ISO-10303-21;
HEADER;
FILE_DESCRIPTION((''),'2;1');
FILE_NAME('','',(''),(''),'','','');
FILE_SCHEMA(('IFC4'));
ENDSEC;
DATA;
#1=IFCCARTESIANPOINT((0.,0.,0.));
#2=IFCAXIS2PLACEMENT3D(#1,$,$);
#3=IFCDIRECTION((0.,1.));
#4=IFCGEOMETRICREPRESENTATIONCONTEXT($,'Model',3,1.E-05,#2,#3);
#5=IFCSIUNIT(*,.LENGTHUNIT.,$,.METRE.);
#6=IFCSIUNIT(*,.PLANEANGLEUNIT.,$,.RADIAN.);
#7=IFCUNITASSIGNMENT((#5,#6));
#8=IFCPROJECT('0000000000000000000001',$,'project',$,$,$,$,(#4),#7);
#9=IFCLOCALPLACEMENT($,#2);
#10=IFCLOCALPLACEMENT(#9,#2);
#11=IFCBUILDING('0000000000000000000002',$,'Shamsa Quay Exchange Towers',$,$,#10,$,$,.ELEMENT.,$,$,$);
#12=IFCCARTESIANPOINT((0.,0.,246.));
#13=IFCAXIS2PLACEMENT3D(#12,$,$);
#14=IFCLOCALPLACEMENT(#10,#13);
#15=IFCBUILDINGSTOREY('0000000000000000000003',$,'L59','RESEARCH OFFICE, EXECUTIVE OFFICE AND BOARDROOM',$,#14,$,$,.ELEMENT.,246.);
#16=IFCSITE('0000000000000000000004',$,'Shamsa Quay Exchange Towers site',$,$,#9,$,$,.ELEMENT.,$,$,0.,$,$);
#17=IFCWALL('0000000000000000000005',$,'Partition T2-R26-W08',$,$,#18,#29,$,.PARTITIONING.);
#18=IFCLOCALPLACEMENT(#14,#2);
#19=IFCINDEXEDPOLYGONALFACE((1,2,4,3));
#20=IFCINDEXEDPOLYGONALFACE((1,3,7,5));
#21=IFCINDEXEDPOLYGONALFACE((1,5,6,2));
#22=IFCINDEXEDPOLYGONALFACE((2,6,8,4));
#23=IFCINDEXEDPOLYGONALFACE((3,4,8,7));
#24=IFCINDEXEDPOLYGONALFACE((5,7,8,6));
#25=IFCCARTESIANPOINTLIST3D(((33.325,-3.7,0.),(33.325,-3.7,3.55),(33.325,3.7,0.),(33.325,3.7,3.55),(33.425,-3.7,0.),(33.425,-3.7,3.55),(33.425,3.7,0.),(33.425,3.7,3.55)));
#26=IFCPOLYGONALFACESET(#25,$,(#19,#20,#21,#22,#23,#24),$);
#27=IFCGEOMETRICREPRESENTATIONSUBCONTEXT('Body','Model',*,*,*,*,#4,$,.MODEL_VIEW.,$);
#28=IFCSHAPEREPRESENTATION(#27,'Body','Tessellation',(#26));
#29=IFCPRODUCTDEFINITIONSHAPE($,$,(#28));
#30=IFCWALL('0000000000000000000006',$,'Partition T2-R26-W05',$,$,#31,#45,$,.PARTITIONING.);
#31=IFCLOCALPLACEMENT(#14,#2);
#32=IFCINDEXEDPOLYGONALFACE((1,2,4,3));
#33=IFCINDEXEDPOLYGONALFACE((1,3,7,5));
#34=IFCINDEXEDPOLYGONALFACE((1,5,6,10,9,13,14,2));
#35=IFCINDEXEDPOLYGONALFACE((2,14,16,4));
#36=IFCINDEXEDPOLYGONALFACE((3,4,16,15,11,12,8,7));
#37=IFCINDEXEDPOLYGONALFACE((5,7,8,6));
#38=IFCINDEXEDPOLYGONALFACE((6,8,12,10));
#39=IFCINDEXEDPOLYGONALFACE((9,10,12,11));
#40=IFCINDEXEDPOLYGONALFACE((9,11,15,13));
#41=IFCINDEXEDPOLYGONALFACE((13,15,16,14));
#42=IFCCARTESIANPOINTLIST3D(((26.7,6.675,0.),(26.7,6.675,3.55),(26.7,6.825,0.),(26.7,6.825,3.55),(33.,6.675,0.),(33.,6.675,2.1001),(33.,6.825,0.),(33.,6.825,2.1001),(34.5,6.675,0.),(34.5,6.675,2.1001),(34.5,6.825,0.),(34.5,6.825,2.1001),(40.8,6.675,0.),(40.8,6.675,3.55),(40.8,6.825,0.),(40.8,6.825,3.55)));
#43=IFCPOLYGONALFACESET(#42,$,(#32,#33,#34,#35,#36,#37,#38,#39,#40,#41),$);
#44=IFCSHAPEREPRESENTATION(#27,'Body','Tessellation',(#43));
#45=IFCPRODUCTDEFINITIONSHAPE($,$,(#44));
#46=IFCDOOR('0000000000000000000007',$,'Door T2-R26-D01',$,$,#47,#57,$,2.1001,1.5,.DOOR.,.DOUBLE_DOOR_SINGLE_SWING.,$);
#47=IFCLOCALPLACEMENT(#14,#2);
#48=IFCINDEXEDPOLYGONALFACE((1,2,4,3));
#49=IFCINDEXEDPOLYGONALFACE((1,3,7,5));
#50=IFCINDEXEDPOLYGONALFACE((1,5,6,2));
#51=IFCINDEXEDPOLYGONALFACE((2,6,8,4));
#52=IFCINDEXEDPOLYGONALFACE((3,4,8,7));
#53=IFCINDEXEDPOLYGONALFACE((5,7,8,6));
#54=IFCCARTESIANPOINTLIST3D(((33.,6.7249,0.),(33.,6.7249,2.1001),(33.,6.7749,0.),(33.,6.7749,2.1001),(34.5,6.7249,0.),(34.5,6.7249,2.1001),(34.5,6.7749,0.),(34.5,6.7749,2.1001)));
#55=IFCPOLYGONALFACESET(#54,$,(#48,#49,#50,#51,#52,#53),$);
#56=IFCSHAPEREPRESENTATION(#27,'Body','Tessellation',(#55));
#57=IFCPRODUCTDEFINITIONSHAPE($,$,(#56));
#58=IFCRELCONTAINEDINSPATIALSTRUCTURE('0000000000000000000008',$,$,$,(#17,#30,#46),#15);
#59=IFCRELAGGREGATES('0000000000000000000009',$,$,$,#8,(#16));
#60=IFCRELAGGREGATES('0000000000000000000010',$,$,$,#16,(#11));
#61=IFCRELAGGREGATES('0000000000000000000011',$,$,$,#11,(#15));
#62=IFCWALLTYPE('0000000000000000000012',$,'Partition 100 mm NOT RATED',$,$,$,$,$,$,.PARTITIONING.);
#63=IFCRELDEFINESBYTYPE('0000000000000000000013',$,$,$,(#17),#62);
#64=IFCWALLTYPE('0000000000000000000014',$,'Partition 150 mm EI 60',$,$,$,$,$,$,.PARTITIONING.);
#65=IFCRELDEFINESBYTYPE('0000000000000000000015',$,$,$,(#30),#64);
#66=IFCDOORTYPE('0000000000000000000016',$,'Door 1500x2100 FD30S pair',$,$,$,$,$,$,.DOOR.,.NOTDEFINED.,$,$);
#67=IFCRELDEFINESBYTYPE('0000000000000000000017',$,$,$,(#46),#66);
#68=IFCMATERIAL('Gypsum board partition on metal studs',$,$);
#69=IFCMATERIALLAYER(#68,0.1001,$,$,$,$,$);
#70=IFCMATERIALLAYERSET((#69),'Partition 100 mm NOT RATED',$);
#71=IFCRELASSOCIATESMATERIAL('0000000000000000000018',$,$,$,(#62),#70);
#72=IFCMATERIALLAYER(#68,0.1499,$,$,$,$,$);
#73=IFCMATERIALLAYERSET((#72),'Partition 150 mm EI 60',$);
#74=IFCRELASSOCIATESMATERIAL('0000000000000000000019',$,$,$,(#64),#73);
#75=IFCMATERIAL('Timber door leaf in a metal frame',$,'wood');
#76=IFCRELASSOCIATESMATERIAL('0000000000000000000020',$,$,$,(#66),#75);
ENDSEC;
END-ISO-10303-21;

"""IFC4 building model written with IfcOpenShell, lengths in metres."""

from ifc_helpers import new_model, si_unit, direction, frame, frame_2d, origin, place, context, subcontext, project, spatial, rectangle, extrude, material, layer, layer_set, type_object, element, fill, save


model = new_model("IFC4")

# Units and contexts
model_context = context("Model", 3, precision=1e-05, world=origin(), true_north=direction((0.0, 1.0)))
body_context = subcontext(model_context, "Body", "Model", "MODEL_VIEW")
ifc_project = project(units=[si_unit("LENGTHUNIT", "METRE"), si_unit("PLANEANGLEUNIT", "RADIAN")], contexts=[model_context])

# Site, building, storey
site_placement = place(None, origin())
site = spatial("IfcSite", under=ifc_project, at=site_placement, Name="Shamsa Quay Exchange Towers site", CompositionType="ELEMENT", RefElevation=0.0)
building_placement = place(site_placement, origin())
building = spatial("IfcBuilding", under=site, at=building_placement, Name="Shamsa Quay Exchange Towers", CompositionType="ELEMENT")
storey_placement = place(building_placement, frame((0.0, 0.0, 246.0)))
storey = spatial("IfcBuildingStorey", under=building, at=storey_placement, Name="L59", Description="RESEARCH OFFICE, EXECUTIVE OFFICE AND BOARDROOM", CompositionType="ELEMENT", Elevation=246.0)

# Shared definitions
ifc_material_1 = material(Name="Gypsum board partition on metal studs")
ifc_layer_1 = layer(ifc_material_1, 0.1001)
ifc_layer_set_1 = layer_set([ifc_layer_1], Name="Partition 100 mm NOT RATED")
wall_type_1 = type_object("IfcWallType", Name="Partition 100 mm NOT RATED", PredefinedType="PARTITIONING", material=ifc_layer_set_1)
ifc_material_2 = material(Name="Timber door leaf in a metal frame", Category="wood")

# Wall
wall_1_placement = place(storey_placement, frame((33.375, 3.7, 0.0), z_axis=(0.0, 0.0, 1.0), x_axis=(0.0, -1.0, 0.0)))
element("IfcWall", 1, at=wall_1_placement, inside=storey, type_object=wall_type_1, Name="Partition T2-R26-W08", PredefinedType="PARTITIONING", context=body_context, shape_type="SweptSolid", body=[
    extrude(rectangle(XDim=7.3999, YDim=0.1001, at=frame_2d((3.7, 0.0))), origin(), (0.0, 0.0, 1.0), 3.55),
])

# Wall, opening, door
ifc_layer_2 = layer(ifc_material_1, 0.1499)
ifc_layer_set_2 = layer_set([ifc_layer_2], Name="Partition 150 mm EI 60")
wall_type_2 = type_object("IfcWallType", Name="Partition 150 mm EI 60", PredefinedType="PARTITIONING", material=ifc_layer_set_2)
wall_2_placement = place(storey_placement, frame((26.7, 6.75, 0.0)))
wall_2 = element("IfcWall", 2, at=wall_2_placement, inside=storey, type_object=wall_type_2, Name="Partition T2-R26-W05", PredefinedType="PARTITIONING", context=body_context, shape_type="SweptSolid", body=[
    extrude(rectangle(XDim=14.1001, YDim=0.1499, at=frame_2d((7.05, 0.0))), origin(), (0.0, 0.0, 1.0), 3.55),
])
opening_1_placement = place(wall_2_placement, frame((6.3, 0.0, 0.0)))
opening_1 = element("IfcOpeningElement", 3, at=opening_1_placement, cuts=wall_2, PredefinedType="OPENING", context=body_context, shape_type="SweptSolid", body=[
    extrude(rectangle(XDim=1.5, YDim=2.1001, at=frame_2d((0.75, 1.05))), frame((0.0, 0.085, 0.0), z_axis=(0.0, -1.0, 0.0), x_axis=(1.0, 0.0, 0.0)), (0.0, 0.0, 1.0), 0.1699),
])
door_type_1 = type_object("IfcDoorType", Name="Door 1500x2100 FD30S pair", OperationType="NOTDEFINED", PredefinedType="DOOR", material=ifc_material_2)
door_1_placement = place(opening_1_placement, origin())
door_1 = element("IfcDoor", 4, at=door_1_placement, inside=storey, type_object=door_type_1, Name="Door T2-R26-D01", OperationType="DOUBLE_DOOR_SINGLE_SWING", OverallHeight=2.1001, OverallWidth=1.5, PredefinedType="DOOR", context=body_context, shape_type="SweptSolid", body=[
    extrude(rectangle(XDim=1.5, YDim=2.1001, at=frame_2d((0.75, 1.05))), frame((0.0, 0.0249, 0.0), z_axis=(0.0, -1.0, 0.0), x_axis=(1.0, 0.0, 0.0)), (0.0, 0.0, 1.0), 0.05),
])
fill(opening_1, door_1)

save(model, "model.ifc")
